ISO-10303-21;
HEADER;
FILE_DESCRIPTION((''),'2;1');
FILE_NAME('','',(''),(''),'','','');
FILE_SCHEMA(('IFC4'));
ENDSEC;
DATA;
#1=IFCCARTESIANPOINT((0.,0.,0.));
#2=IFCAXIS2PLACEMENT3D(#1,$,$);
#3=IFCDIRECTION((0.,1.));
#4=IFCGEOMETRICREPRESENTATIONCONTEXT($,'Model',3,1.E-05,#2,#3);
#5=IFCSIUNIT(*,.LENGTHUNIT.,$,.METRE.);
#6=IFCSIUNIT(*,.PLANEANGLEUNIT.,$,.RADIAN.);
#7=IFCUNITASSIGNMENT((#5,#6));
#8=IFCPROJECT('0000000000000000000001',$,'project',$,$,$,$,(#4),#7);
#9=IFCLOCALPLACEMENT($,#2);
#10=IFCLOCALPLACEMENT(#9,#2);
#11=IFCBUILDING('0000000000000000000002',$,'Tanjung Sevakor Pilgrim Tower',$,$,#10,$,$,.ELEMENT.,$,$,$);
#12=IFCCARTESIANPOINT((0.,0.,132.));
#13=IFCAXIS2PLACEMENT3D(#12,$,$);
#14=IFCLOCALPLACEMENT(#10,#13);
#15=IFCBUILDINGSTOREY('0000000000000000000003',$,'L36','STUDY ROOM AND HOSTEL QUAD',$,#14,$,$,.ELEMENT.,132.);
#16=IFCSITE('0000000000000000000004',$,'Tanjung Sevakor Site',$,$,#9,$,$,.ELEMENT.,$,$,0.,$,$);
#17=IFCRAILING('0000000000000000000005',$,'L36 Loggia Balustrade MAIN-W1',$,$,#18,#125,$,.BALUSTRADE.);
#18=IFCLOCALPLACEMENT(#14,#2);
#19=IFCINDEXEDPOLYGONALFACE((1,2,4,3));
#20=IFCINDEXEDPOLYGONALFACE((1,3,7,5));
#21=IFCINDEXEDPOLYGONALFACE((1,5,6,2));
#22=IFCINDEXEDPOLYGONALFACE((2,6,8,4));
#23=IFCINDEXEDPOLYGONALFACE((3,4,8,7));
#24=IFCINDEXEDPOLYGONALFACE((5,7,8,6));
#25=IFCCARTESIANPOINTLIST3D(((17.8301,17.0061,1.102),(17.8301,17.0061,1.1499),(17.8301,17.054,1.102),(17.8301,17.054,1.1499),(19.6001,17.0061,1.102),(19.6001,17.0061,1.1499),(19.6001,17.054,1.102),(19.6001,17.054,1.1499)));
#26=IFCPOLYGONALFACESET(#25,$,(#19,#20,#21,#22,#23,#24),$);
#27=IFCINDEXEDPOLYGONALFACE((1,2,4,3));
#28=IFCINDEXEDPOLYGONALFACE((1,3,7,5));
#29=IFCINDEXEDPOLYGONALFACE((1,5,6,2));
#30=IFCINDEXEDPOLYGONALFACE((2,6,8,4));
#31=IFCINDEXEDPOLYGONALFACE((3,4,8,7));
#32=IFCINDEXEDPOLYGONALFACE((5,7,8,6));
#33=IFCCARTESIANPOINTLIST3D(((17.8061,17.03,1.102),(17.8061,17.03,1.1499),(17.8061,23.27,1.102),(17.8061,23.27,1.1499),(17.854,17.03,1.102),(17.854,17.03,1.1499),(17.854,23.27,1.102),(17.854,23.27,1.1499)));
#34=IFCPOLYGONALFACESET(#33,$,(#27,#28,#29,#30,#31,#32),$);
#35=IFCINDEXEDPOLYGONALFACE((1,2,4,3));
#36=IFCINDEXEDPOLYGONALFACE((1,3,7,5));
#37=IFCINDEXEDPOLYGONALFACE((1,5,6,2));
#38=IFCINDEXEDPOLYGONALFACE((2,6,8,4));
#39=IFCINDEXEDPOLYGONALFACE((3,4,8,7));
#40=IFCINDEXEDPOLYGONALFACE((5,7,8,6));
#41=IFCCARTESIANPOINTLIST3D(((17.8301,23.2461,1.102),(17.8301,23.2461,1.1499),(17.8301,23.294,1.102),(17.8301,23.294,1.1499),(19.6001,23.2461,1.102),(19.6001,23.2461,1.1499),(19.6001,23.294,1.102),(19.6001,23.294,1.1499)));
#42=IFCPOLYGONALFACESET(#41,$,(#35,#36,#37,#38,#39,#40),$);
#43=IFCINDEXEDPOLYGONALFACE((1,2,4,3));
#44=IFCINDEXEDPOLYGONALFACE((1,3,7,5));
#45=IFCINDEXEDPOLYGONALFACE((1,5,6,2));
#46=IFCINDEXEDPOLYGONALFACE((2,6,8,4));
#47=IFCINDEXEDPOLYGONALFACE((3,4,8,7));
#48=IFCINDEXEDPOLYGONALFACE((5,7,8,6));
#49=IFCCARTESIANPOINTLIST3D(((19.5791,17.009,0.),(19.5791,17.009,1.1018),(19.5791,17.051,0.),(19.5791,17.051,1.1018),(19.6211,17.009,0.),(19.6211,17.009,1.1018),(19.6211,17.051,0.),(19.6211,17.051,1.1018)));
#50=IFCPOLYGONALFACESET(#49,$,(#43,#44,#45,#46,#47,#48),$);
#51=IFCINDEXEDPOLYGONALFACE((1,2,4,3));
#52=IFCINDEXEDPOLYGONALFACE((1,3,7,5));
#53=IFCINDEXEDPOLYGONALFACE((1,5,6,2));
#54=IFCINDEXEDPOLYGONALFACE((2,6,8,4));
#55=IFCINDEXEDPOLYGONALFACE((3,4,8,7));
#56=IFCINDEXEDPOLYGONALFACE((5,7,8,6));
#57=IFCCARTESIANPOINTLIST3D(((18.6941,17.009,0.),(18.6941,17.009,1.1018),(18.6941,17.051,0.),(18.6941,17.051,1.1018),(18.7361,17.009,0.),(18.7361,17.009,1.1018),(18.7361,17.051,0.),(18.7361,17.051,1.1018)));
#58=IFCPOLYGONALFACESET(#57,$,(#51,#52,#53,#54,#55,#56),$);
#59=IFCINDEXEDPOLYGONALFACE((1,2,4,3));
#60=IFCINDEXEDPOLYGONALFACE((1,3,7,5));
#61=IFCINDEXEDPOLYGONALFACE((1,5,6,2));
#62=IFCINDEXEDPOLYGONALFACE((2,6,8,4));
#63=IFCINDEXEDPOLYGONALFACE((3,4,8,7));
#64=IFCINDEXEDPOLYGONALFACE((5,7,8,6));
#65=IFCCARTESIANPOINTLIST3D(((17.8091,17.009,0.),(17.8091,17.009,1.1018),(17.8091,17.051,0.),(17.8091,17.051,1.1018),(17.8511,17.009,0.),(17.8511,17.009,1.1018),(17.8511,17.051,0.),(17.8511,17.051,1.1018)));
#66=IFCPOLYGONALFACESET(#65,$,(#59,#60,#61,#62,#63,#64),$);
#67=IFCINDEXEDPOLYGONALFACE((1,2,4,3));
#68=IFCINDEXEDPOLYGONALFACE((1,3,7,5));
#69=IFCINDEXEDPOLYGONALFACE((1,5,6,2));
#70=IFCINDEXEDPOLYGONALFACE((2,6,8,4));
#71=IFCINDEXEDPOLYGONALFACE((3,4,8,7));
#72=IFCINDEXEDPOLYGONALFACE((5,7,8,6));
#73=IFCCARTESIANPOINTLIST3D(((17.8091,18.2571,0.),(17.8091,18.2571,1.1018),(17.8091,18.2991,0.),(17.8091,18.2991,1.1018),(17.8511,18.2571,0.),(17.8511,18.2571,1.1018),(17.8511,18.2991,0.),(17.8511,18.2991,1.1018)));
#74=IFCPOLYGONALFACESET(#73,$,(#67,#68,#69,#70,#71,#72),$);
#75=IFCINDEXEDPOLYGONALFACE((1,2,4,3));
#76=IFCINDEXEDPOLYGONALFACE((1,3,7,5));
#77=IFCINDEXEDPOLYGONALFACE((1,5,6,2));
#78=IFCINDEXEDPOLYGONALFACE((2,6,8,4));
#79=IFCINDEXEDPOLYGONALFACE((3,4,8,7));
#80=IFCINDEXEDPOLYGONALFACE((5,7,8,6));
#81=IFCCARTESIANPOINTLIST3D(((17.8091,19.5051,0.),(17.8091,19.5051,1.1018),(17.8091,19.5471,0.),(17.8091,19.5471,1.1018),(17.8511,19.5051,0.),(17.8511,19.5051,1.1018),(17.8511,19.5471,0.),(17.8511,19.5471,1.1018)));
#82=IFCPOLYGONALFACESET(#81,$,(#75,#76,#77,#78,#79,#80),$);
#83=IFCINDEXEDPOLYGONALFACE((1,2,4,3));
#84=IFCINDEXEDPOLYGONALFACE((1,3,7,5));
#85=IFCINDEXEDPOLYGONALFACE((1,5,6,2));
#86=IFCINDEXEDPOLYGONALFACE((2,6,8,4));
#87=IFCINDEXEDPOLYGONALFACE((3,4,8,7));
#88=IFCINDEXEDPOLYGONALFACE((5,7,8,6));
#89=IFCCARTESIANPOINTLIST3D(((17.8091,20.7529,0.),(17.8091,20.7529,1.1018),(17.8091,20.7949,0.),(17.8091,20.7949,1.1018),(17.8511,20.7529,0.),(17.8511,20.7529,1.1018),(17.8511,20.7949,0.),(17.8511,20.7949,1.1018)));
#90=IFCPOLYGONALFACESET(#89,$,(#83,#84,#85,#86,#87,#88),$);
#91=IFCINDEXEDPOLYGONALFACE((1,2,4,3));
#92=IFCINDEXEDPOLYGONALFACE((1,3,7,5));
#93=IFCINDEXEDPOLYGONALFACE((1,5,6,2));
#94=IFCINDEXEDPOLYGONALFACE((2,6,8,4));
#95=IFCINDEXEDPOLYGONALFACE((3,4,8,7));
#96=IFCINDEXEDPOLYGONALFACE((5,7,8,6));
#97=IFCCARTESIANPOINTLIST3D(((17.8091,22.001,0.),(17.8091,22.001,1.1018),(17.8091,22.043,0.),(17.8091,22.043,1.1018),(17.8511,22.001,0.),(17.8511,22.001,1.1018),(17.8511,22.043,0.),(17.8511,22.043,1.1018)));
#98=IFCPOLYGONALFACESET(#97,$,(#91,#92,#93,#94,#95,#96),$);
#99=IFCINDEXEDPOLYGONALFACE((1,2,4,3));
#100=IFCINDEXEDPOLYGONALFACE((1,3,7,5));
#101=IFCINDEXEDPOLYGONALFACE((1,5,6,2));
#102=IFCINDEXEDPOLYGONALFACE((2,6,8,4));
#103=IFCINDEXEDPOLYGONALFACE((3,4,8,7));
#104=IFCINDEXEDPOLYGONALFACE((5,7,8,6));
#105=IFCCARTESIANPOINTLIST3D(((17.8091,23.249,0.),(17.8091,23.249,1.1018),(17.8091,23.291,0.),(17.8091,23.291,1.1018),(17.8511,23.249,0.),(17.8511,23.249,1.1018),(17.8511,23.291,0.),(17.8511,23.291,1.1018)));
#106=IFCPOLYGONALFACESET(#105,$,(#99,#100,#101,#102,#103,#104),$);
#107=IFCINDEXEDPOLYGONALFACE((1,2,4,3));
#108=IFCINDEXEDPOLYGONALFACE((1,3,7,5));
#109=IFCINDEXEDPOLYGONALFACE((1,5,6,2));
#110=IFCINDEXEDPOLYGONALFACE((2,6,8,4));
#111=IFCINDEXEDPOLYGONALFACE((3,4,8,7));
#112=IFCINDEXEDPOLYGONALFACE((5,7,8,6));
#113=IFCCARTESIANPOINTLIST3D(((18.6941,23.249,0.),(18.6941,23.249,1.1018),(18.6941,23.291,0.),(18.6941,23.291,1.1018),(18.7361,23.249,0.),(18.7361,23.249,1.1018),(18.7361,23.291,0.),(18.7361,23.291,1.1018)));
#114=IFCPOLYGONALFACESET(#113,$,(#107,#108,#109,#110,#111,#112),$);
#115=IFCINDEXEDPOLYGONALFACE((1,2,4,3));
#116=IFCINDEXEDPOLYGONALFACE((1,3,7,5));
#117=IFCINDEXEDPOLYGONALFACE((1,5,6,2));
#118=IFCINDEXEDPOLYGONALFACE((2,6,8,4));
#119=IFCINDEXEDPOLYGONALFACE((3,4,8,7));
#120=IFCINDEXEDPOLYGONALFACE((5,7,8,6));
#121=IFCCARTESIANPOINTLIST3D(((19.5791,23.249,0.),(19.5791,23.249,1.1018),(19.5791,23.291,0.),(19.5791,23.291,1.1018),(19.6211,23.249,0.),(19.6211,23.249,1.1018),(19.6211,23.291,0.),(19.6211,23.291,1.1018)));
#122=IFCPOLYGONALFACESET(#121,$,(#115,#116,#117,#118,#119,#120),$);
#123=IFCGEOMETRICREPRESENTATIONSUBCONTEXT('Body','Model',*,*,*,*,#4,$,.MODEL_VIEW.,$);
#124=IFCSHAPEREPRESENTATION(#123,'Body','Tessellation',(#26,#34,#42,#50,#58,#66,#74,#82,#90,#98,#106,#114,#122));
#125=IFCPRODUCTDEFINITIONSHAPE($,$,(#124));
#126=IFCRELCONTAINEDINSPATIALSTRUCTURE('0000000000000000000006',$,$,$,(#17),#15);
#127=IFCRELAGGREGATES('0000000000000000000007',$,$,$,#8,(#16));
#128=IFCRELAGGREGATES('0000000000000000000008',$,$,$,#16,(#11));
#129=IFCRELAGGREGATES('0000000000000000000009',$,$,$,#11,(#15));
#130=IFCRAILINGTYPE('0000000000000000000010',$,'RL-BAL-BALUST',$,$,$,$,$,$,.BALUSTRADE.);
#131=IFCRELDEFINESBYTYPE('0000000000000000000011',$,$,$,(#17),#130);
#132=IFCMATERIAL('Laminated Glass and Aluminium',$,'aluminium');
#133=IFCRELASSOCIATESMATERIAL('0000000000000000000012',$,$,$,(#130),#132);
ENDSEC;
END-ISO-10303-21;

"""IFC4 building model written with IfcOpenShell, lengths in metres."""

from ifc_helpers import new_model, si_unit, direction, frame, origin, place, context, subcontext, project, spatial, rectangle, extrude, material, type_object, element, save


model = new_model("IFC4")

# Units and contexts
model_context = context("Model", 3, precision=1e-05, world=origin(), true_north=direction((0.0, 1.0)))
body_context = subcontext(model_context, "Body", "Model", "MODEL_VIEW")
ifc_project = project(units=[si_unit("LENGTHUNIT", "METRE"), si_unit("PLANEANGLEUNIT", "RADIAN")], contexts=[model_context])

# Site, building, storey
site_placement = place(None, origin())
site = spatial("IfcSite", under=ifc_project, at=site_placement, Name="Tanjung Sevakor Site", CompositionType="ELEMENT", RefElevation=0.0)
building_placement = place(site_placement, origin())
building = spatial("IfcBuilding", under=site, at=building_placement, Name="Tanjung Sevakor Pilgrim Tower", CompositionType="ELEMENT")
storey_placement = place(building_placement, frame((0.0, 0.0, 132.0)))
storey = spatial("IfcBuildingStorey", under=building, at=storey_placement, Name="L36", Description="STUDY ROOM AND HOSTEL QUAD", CompositionType="ELEMENT", Elevation=132.0)

# Railing
ifc_material_1 = material(Name="Laminated Glass and Aluminium", Category="aluminium")
railing_type = type_object("IfcRailingType", Name="RL-BAL-BALUST", PredefinedType="BALUSTRADE", material=ifc_material_1)
railing_1_placement = place(storey_placement, frame((19.6001, 17.03, 0.0)))
element("IfcRailing", 1, at=railing_1_placement, inside=storey, type_object=railing_type, Name="L36 Loggia Balustrade MAIN-W1", PredefinedType="BALUSTRADE", context=body_context, shape_type="SweptSolid", body=[
    extrude(rectangle(XDim=0.0479, YDim=0.0479), frame((0.0, 0.0, 1.126), z_axis=(-1.0, 0.0, 0.0), x_axis=(0.0, -1.0, 0.0)), (0.0, 0.0, 1.0), 1.77),
    extrude(rectangle(XDim=0.0479, YDim=0.0479), frame((-1.77, 0.0, 1.126), z_axis=(0.0, 1.0, 0.0), x_axis=(-1.0, 0.0, 0.0)), (0.0, 0.0, 1.0), 6.24),
    extrude(rectangle(XDim=0.0479, YDim=0.0479), frame((-1.77, 6.24, 1.126), z_axis=(1.0, 0.0, 0.0), x_axis=(0.0, 1.0, 0.0)), (0.0, 0.0, 1.0), 1.77),
    extrude(rectangle(XDim=0.042, YDim=0.042), origin(), (0.0, 0.0, 1.0), 1.1018),
    extrude(rectangle(XDim=0.042, YDim=0.042), frame((-0.885, 0.0, 0.0)), (0.0, 0.0, 1.0), 1.1018),
    extrude(rectangle(XDim=0.042, YDim=0.042), frame((-1.77, 0.0, 0.0)), (0.0, 0.0, 1.0), 1.1018),
    extrude(rectangle(XDim=0.042, YDim=0.042), frame((-1.77, 1.248, 0.0)), (0.0, 0.0, 1.0), 1.1018),
    extrude(rectangle(XDim=0.042, YDim=0.042), frame((-1.77, 2.4961, 0.0)), (0.0, 0.0, 1.0), 1.1018),
    extrude(rectangle(XDim=0.042, YDim=0.042), frame((-1.77, 3.7439, 0.0)), (0.0, 0.0, 1.0), 1.1018),
    extrude(rectangle(XDim=0.042, YDim=0.042), frame((-1.77, 4.9919, 0.0)), (0.0, 0.0, 1.0), 1.1018),
    extrude(rectangle(XDim=0.042, YDim=0.042), frame((-1.77, 6.24, 0.0)), (0.0, 0.0, 1.0), 1.1018),
    extrude(rectangle(XDim=0.042, YDim=0.042), frame((-0.885, 6.24, 0.0)), (0.0, 0.0, 1.0), 1.1018),
    extrude(rectangle(XDim=0.042, YDim=0.042), frame((0.0, 6.24, 0.0)), (0.0, 0.0, 1.0), 1.1018),
])

save(model, "model.ifc")
